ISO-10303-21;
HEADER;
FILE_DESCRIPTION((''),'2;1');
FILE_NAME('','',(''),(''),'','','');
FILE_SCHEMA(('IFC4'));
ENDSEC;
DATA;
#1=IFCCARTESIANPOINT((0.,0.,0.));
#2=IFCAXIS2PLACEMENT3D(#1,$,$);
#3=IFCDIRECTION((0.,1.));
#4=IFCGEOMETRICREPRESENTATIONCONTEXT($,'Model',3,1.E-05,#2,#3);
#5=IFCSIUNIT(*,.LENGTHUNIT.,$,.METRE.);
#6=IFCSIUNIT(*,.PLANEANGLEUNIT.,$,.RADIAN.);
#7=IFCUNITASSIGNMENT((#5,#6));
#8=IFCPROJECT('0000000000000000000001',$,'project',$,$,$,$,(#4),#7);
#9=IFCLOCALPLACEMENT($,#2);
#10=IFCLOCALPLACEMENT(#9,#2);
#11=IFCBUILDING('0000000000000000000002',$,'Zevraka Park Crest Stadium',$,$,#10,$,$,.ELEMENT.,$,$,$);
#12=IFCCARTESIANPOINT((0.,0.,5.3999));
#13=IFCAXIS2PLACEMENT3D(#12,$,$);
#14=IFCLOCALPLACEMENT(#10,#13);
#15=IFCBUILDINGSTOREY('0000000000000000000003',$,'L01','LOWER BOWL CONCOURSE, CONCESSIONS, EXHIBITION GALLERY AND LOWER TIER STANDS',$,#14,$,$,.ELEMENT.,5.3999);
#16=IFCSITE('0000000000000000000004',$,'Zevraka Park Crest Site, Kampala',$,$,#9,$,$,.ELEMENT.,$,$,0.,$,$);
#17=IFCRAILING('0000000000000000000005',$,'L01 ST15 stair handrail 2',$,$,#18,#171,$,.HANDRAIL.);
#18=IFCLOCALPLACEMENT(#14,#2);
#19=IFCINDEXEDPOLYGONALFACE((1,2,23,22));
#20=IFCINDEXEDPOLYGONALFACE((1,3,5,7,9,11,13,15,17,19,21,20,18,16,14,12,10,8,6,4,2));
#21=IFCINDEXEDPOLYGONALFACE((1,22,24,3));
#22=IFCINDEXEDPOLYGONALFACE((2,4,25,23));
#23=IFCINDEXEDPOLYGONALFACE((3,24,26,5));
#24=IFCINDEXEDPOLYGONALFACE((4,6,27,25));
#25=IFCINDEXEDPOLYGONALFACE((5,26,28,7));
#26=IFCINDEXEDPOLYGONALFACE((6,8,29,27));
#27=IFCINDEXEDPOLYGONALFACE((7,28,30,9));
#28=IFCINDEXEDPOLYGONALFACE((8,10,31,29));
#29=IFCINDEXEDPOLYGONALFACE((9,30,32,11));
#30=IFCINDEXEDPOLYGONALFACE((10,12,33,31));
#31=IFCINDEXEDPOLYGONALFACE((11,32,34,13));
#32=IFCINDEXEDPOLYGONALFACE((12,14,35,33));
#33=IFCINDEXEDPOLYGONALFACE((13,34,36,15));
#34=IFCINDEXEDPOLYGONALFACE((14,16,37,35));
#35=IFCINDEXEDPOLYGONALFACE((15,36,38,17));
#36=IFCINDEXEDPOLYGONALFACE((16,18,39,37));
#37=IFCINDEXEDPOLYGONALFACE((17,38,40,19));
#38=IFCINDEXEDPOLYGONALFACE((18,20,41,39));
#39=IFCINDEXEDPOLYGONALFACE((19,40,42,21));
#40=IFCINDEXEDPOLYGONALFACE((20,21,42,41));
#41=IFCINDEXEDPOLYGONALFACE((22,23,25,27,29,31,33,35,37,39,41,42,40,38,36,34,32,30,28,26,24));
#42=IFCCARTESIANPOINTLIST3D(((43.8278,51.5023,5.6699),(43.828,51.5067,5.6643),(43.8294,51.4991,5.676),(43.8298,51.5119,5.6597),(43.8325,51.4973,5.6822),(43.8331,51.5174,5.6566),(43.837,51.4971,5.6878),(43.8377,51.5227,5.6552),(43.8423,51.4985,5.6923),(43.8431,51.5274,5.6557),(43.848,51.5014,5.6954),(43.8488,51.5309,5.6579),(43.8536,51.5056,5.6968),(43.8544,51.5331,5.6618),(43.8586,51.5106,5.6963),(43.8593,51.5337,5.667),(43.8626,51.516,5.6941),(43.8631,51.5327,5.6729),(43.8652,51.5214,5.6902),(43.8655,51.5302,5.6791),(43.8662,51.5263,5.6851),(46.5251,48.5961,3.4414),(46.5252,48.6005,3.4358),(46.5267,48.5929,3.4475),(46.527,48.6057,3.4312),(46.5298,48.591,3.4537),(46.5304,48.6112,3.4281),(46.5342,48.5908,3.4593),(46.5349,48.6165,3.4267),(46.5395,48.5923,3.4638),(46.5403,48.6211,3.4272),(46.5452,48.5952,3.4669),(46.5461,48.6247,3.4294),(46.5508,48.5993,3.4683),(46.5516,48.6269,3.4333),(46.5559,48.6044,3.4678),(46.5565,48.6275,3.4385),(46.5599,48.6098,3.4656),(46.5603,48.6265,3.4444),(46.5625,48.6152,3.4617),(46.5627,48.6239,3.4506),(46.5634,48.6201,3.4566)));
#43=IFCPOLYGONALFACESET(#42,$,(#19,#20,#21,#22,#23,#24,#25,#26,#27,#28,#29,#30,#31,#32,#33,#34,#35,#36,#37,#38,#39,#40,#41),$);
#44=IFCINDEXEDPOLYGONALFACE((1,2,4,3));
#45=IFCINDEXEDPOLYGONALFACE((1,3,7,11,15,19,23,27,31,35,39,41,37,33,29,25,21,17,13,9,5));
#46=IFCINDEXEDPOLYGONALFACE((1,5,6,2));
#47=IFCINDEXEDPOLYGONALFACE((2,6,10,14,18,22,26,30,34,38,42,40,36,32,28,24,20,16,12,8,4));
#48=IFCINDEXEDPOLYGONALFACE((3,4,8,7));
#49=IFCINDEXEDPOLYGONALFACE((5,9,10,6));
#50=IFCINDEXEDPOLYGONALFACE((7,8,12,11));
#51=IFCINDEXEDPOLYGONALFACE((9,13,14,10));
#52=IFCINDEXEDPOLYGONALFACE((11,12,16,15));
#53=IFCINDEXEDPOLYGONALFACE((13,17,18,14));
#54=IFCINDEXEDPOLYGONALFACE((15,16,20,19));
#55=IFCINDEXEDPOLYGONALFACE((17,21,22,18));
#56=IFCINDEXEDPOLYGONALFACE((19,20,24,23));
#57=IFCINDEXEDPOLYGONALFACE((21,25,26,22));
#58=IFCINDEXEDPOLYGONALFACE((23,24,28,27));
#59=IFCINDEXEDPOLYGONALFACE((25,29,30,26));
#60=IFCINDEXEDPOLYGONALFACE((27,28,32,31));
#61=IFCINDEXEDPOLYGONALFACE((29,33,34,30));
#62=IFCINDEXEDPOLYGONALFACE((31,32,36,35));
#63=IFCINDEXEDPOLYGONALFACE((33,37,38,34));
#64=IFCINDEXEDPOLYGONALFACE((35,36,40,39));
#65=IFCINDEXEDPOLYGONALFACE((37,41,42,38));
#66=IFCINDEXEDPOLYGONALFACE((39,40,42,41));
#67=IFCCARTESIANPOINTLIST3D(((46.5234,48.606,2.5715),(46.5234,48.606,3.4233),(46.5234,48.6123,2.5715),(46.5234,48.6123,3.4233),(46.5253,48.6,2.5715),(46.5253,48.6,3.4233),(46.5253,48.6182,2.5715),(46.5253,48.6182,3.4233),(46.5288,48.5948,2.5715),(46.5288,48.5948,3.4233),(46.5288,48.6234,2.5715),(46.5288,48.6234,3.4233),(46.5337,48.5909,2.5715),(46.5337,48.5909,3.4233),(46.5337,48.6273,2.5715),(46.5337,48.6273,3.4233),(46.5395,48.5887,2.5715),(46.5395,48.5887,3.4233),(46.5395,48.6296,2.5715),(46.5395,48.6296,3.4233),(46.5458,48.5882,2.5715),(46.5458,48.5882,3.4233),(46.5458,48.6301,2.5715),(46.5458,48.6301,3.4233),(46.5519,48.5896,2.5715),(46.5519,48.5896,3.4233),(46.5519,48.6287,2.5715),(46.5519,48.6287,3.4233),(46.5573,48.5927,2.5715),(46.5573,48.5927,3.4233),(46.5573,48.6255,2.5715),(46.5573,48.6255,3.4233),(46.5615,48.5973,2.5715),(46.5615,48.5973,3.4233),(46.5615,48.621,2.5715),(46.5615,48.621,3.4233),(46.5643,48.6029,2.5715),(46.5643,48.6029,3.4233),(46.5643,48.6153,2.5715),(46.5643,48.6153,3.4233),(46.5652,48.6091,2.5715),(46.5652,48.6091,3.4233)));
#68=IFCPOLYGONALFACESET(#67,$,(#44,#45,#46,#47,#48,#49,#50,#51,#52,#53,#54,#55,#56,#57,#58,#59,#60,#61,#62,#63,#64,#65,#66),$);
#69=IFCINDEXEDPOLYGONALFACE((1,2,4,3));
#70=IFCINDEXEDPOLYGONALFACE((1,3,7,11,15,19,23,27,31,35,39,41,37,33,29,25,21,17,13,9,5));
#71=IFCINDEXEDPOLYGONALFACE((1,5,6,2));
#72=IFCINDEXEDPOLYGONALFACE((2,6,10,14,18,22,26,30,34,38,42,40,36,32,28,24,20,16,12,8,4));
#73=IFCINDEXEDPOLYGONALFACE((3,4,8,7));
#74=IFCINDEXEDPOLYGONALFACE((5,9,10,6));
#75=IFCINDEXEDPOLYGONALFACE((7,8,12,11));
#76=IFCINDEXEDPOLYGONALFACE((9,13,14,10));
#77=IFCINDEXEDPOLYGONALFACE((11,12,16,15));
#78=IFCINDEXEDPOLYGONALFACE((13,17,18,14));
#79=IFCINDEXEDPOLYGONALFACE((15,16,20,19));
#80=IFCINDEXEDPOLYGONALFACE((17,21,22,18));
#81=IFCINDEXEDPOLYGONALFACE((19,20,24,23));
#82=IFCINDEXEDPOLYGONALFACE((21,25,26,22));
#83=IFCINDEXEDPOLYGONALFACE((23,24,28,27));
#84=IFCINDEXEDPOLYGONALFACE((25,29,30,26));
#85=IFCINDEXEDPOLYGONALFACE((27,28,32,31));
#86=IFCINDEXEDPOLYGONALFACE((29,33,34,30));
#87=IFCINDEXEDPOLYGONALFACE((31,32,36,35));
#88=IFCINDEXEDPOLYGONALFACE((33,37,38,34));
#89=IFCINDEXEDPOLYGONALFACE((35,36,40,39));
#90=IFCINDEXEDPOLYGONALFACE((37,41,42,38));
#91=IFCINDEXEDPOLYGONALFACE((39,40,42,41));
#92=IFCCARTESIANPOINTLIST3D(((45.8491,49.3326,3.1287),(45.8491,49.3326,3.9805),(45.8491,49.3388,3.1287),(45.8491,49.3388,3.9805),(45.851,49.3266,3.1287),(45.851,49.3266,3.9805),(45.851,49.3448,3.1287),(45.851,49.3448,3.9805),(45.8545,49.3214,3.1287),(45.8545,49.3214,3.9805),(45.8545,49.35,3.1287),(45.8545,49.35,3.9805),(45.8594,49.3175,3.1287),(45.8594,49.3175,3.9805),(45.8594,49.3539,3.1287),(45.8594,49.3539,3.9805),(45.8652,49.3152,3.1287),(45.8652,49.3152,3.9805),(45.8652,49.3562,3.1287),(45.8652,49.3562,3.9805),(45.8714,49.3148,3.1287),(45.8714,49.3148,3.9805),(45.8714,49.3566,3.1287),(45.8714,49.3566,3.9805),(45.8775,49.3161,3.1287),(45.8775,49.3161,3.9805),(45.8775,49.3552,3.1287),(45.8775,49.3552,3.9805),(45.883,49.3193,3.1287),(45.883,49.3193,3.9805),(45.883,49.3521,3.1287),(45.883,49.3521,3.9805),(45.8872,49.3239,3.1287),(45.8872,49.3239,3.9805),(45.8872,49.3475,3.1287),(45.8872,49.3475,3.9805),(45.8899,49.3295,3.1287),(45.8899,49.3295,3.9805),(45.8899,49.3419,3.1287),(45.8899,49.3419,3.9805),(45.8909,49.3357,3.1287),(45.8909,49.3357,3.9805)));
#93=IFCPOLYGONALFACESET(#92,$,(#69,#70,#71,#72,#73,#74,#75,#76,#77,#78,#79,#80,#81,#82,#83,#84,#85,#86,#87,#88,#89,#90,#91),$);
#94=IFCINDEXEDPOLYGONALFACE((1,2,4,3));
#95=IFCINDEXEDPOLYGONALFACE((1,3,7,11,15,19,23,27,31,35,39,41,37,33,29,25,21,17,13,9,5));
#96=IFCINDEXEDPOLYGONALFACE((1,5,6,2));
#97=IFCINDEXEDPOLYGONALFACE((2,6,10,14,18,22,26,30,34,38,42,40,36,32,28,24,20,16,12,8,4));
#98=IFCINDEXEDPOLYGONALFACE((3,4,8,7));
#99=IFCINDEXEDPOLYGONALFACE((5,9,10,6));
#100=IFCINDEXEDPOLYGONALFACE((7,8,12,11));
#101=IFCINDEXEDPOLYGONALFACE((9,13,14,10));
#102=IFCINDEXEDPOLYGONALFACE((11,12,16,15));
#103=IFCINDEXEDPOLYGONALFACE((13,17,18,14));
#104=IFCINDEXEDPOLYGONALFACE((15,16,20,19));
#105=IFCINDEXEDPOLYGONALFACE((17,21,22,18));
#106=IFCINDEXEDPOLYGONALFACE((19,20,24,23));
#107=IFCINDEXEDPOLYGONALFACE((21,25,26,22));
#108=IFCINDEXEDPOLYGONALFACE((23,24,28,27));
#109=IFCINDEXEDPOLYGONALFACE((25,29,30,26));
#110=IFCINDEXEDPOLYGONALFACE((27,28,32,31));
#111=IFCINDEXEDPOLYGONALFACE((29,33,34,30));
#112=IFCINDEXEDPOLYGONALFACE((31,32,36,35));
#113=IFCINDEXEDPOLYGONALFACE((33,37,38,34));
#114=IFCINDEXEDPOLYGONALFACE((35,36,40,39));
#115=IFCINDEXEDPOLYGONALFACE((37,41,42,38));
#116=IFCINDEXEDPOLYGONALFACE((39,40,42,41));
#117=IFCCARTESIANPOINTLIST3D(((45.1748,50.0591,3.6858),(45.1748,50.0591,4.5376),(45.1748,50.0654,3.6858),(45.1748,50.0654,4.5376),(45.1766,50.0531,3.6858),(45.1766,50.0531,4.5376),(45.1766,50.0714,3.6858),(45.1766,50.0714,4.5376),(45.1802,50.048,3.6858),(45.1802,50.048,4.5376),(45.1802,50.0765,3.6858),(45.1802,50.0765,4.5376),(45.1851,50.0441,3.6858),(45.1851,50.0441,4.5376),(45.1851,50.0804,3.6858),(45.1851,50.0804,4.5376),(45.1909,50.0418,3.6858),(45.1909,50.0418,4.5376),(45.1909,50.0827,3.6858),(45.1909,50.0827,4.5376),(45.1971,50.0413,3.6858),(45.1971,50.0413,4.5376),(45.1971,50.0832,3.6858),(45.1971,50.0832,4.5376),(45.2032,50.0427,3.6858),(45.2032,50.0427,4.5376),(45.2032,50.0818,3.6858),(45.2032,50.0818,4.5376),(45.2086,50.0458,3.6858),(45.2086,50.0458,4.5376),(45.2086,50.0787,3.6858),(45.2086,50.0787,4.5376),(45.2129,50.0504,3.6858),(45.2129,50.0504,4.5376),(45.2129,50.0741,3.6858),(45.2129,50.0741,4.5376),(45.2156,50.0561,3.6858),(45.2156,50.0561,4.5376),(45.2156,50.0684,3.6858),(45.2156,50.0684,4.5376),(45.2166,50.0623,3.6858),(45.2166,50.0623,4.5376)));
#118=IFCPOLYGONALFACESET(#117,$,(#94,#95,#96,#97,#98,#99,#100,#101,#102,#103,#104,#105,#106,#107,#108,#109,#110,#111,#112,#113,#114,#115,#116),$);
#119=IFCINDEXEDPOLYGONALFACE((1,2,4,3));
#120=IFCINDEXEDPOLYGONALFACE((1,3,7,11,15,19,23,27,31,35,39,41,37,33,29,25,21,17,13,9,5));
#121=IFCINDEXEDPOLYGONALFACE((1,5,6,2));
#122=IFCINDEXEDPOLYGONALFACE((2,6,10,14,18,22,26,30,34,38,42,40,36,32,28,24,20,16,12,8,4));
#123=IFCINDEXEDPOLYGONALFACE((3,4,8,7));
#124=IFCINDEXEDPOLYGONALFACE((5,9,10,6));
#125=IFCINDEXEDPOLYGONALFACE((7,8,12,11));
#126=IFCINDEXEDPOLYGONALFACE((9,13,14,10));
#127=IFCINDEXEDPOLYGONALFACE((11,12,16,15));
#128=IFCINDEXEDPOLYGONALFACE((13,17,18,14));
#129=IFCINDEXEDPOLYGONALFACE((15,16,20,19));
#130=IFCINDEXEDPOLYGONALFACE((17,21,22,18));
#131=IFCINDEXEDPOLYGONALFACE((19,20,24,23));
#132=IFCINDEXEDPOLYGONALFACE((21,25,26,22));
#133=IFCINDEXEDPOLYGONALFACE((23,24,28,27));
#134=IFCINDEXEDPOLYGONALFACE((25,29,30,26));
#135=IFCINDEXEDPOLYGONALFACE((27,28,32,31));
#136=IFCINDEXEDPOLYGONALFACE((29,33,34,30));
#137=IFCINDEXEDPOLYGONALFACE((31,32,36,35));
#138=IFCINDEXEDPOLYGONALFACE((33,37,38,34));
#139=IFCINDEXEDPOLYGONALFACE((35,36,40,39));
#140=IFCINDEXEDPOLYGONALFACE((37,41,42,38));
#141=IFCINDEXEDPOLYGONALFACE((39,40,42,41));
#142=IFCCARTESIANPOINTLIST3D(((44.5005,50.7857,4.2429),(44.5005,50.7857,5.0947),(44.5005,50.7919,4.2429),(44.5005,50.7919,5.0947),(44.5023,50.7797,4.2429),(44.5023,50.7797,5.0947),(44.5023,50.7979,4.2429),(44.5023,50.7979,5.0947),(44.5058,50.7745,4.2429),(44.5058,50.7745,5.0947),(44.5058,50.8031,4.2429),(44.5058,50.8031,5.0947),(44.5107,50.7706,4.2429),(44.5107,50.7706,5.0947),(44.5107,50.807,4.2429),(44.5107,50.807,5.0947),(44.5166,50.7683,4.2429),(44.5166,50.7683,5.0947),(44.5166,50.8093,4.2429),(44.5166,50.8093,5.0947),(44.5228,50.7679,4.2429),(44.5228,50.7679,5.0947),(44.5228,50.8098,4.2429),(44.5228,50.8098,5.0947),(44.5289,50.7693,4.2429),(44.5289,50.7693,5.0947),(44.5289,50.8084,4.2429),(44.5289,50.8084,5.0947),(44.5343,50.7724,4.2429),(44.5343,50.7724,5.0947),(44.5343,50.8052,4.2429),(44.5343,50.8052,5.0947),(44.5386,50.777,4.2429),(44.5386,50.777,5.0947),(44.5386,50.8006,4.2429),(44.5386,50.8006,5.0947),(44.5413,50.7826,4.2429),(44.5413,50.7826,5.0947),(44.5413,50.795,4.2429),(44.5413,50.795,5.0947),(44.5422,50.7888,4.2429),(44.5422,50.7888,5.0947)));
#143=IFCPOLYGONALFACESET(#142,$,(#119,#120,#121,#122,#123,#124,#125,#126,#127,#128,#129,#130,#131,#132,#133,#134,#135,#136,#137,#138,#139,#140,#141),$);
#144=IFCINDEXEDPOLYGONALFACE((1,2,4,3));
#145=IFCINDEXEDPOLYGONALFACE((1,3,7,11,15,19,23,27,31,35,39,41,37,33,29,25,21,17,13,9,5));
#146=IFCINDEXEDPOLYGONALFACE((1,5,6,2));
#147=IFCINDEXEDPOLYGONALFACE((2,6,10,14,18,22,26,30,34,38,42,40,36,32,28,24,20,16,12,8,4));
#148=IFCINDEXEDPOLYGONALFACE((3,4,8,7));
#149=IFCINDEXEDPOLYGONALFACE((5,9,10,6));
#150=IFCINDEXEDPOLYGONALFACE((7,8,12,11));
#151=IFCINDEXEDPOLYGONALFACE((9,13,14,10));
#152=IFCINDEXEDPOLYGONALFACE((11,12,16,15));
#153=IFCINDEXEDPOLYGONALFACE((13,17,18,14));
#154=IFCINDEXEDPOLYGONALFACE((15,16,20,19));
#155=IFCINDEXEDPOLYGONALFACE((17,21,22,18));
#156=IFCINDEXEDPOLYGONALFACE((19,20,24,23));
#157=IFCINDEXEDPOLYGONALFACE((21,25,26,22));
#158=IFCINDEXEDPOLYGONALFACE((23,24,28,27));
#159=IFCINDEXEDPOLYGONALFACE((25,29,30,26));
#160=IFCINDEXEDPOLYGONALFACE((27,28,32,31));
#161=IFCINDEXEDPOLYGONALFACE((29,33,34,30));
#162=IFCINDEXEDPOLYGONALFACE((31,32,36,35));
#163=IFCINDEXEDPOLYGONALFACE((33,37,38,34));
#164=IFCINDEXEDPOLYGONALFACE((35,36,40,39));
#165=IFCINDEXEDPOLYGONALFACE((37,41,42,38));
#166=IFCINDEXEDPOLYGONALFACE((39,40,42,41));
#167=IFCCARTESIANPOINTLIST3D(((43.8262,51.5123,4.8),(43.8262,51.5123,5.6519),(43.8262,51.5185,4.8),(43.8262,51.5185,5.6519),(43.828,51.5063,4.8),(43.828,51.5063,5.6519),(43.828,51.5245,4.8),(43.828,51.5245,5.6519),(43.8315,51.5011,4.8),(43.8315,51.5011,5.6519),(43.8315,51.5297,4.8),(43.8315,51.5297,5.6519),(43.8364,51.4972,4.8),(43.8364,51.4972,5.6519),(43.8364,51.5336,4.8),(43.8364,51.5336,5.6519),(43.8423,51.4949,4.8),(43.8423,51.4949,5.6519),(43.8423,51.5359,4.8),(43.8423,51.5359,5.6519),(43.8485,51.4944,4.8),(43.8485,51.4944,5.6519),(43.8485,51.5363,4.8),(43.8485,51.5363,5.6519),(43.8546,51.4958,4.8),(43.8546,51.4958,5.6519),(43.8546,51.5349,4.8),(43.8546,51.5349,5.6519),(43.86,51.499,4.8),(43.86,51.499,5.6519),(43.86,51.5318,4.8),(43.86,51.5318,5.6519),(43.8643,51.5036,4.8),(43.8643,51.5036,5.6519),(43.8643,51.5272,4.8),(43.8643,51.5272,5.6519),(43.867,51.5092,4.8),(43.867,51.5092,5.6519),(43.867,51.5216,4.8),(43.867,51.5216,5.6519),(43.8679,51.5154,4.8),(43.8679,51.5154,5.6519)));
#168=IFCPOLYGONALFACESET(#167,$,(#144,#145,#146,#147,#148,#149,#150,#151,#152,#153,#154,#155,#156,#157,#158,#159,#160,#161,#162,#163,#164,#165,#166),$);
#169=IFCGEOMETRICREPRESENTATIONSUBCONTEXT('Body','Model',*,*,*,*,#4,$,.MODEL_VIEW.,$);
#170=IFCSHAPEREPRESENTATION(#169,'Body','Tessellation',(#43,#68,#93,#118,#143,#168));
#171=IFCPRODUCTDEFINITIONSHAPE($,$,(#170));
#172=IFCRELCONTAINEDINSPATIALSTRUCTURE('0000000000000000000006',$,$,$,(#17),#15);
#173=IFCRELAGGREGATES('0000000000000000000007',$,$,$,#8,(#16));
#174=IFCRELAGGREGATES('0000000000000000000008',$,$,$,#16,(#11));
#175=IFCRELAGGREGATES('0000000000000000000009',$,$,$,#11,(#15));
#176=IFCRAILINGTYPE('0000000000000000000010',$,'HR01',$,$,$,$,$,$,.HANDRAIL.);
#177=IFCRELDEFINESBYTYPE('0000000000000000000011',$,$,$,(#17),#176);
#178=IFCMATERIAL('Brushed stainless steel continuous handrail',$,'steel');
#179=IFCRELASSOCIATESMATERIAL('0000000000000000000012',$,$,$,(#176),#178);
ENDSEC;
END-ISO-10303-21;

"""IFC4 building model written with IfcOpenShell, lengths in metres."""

from ifc_helpers import new_model, si_unit, direction, frame, origin, origin_2d, place, context, subcontext, project, spatial, circle, extrude, material, type_object, element, save


model = new_model("IFC4")

# Units and contexts
model_context = context("Model", 3, precision=1e-05, world=origin(), true_north=direction((0.0, 1.0)))
body_context = subcontext(model_context, "Body", "Model", "MODEL_VIEW")
ifc_project = project(units=[si_unit("LENGTHUNIT", "METRE"), si_unit("PLANEANGLEUNIT", "RADIAN")], contexts=[model_context])

# Site, building, storey
site_placement = place(None, origin())
site = spatial("IfcSite", under=ifc_project, at=site_placement, Name="Zevraka Park Crest Site, Kampala", CompositionType="ELEMENT", RefElevation=0.0)
building_placement = place(site_placement, origin())
building = spatial("IfcBuilding", under=site, at=building_placement, Name="Zevraka Park Crest Stadium", CompositionType="ELEMENT")
storey_placement = place(building_placement, frame((0.0, 0.0, 5.3999)))
storey = spatial("IfcBuildingStorey", under=building, at=storey_placement, Name="L01", Description="LOWER BOWL CONCOURSE, CONCESSIONS, EXHIBITION GALLERY AND LOWER TIER STANDS", CompositionType="ELEMENT", Elevation=5.3999)

# Railing
ifc_material_1 = material(Name="Brushed stainless steel continuous handrail", Category="steel")
railing_type_1 = type_object("IfcRailingType", Name="HR01", PredefinedType="HANDRAIL", material=ifc_material_1)
railing_1_placement = place(storey_placement, frame((46.5442, 48.6091, 2.5715)))
element("IfcRailing", 1, at=railing_1_placement, inside=storey, type_object=railing_type_1, Name="L01 ST15 stair handrail 2", PredefinedType="HANDRAIL", context=body_context, shape_type="SweptSolid", body=[
    extrude(circle(Radius=0.0239, at=origin_2d()), frame((0.0, 0.0, 0.876), z_axis=(-0.593016, 0.638963, 0.489957), x_axis=(-0.732969, -0.680262, 0.0)), (0.0, 0.0, 1.0), 4.5483),
    extrude(circle(Radius=0.021, at=origin_2d()), origin(), (0.0, 0.0, 1.0), 0.8518),
    extrude(circle(Radius=0.021, at=origin_2d()), frame((-0.6743, 0.7266, 0.5571)), (0.0, 0.0, 1.0), 0.8518),
    extrude(circle(Radius=0.021, at=origin_2d()), frame((-1.3486, 1.4531, 1.1143)), (0.0, 0.0, 1.0), 0.8518),
    extrude(circle(Radius=0.021, at=origin_2d()), frame((-2.0229, 2.1797, 1.6714)), (0.0, 0.0, 1.0), 0.8518),
    extrude(circle(Radius=0.021, at=origin_2d()), frame((-2.6973, 2.9062, 2.2285)), (0.0, 0.0, 1.0), 0.8518),
])

save(model, "model.ifc")
